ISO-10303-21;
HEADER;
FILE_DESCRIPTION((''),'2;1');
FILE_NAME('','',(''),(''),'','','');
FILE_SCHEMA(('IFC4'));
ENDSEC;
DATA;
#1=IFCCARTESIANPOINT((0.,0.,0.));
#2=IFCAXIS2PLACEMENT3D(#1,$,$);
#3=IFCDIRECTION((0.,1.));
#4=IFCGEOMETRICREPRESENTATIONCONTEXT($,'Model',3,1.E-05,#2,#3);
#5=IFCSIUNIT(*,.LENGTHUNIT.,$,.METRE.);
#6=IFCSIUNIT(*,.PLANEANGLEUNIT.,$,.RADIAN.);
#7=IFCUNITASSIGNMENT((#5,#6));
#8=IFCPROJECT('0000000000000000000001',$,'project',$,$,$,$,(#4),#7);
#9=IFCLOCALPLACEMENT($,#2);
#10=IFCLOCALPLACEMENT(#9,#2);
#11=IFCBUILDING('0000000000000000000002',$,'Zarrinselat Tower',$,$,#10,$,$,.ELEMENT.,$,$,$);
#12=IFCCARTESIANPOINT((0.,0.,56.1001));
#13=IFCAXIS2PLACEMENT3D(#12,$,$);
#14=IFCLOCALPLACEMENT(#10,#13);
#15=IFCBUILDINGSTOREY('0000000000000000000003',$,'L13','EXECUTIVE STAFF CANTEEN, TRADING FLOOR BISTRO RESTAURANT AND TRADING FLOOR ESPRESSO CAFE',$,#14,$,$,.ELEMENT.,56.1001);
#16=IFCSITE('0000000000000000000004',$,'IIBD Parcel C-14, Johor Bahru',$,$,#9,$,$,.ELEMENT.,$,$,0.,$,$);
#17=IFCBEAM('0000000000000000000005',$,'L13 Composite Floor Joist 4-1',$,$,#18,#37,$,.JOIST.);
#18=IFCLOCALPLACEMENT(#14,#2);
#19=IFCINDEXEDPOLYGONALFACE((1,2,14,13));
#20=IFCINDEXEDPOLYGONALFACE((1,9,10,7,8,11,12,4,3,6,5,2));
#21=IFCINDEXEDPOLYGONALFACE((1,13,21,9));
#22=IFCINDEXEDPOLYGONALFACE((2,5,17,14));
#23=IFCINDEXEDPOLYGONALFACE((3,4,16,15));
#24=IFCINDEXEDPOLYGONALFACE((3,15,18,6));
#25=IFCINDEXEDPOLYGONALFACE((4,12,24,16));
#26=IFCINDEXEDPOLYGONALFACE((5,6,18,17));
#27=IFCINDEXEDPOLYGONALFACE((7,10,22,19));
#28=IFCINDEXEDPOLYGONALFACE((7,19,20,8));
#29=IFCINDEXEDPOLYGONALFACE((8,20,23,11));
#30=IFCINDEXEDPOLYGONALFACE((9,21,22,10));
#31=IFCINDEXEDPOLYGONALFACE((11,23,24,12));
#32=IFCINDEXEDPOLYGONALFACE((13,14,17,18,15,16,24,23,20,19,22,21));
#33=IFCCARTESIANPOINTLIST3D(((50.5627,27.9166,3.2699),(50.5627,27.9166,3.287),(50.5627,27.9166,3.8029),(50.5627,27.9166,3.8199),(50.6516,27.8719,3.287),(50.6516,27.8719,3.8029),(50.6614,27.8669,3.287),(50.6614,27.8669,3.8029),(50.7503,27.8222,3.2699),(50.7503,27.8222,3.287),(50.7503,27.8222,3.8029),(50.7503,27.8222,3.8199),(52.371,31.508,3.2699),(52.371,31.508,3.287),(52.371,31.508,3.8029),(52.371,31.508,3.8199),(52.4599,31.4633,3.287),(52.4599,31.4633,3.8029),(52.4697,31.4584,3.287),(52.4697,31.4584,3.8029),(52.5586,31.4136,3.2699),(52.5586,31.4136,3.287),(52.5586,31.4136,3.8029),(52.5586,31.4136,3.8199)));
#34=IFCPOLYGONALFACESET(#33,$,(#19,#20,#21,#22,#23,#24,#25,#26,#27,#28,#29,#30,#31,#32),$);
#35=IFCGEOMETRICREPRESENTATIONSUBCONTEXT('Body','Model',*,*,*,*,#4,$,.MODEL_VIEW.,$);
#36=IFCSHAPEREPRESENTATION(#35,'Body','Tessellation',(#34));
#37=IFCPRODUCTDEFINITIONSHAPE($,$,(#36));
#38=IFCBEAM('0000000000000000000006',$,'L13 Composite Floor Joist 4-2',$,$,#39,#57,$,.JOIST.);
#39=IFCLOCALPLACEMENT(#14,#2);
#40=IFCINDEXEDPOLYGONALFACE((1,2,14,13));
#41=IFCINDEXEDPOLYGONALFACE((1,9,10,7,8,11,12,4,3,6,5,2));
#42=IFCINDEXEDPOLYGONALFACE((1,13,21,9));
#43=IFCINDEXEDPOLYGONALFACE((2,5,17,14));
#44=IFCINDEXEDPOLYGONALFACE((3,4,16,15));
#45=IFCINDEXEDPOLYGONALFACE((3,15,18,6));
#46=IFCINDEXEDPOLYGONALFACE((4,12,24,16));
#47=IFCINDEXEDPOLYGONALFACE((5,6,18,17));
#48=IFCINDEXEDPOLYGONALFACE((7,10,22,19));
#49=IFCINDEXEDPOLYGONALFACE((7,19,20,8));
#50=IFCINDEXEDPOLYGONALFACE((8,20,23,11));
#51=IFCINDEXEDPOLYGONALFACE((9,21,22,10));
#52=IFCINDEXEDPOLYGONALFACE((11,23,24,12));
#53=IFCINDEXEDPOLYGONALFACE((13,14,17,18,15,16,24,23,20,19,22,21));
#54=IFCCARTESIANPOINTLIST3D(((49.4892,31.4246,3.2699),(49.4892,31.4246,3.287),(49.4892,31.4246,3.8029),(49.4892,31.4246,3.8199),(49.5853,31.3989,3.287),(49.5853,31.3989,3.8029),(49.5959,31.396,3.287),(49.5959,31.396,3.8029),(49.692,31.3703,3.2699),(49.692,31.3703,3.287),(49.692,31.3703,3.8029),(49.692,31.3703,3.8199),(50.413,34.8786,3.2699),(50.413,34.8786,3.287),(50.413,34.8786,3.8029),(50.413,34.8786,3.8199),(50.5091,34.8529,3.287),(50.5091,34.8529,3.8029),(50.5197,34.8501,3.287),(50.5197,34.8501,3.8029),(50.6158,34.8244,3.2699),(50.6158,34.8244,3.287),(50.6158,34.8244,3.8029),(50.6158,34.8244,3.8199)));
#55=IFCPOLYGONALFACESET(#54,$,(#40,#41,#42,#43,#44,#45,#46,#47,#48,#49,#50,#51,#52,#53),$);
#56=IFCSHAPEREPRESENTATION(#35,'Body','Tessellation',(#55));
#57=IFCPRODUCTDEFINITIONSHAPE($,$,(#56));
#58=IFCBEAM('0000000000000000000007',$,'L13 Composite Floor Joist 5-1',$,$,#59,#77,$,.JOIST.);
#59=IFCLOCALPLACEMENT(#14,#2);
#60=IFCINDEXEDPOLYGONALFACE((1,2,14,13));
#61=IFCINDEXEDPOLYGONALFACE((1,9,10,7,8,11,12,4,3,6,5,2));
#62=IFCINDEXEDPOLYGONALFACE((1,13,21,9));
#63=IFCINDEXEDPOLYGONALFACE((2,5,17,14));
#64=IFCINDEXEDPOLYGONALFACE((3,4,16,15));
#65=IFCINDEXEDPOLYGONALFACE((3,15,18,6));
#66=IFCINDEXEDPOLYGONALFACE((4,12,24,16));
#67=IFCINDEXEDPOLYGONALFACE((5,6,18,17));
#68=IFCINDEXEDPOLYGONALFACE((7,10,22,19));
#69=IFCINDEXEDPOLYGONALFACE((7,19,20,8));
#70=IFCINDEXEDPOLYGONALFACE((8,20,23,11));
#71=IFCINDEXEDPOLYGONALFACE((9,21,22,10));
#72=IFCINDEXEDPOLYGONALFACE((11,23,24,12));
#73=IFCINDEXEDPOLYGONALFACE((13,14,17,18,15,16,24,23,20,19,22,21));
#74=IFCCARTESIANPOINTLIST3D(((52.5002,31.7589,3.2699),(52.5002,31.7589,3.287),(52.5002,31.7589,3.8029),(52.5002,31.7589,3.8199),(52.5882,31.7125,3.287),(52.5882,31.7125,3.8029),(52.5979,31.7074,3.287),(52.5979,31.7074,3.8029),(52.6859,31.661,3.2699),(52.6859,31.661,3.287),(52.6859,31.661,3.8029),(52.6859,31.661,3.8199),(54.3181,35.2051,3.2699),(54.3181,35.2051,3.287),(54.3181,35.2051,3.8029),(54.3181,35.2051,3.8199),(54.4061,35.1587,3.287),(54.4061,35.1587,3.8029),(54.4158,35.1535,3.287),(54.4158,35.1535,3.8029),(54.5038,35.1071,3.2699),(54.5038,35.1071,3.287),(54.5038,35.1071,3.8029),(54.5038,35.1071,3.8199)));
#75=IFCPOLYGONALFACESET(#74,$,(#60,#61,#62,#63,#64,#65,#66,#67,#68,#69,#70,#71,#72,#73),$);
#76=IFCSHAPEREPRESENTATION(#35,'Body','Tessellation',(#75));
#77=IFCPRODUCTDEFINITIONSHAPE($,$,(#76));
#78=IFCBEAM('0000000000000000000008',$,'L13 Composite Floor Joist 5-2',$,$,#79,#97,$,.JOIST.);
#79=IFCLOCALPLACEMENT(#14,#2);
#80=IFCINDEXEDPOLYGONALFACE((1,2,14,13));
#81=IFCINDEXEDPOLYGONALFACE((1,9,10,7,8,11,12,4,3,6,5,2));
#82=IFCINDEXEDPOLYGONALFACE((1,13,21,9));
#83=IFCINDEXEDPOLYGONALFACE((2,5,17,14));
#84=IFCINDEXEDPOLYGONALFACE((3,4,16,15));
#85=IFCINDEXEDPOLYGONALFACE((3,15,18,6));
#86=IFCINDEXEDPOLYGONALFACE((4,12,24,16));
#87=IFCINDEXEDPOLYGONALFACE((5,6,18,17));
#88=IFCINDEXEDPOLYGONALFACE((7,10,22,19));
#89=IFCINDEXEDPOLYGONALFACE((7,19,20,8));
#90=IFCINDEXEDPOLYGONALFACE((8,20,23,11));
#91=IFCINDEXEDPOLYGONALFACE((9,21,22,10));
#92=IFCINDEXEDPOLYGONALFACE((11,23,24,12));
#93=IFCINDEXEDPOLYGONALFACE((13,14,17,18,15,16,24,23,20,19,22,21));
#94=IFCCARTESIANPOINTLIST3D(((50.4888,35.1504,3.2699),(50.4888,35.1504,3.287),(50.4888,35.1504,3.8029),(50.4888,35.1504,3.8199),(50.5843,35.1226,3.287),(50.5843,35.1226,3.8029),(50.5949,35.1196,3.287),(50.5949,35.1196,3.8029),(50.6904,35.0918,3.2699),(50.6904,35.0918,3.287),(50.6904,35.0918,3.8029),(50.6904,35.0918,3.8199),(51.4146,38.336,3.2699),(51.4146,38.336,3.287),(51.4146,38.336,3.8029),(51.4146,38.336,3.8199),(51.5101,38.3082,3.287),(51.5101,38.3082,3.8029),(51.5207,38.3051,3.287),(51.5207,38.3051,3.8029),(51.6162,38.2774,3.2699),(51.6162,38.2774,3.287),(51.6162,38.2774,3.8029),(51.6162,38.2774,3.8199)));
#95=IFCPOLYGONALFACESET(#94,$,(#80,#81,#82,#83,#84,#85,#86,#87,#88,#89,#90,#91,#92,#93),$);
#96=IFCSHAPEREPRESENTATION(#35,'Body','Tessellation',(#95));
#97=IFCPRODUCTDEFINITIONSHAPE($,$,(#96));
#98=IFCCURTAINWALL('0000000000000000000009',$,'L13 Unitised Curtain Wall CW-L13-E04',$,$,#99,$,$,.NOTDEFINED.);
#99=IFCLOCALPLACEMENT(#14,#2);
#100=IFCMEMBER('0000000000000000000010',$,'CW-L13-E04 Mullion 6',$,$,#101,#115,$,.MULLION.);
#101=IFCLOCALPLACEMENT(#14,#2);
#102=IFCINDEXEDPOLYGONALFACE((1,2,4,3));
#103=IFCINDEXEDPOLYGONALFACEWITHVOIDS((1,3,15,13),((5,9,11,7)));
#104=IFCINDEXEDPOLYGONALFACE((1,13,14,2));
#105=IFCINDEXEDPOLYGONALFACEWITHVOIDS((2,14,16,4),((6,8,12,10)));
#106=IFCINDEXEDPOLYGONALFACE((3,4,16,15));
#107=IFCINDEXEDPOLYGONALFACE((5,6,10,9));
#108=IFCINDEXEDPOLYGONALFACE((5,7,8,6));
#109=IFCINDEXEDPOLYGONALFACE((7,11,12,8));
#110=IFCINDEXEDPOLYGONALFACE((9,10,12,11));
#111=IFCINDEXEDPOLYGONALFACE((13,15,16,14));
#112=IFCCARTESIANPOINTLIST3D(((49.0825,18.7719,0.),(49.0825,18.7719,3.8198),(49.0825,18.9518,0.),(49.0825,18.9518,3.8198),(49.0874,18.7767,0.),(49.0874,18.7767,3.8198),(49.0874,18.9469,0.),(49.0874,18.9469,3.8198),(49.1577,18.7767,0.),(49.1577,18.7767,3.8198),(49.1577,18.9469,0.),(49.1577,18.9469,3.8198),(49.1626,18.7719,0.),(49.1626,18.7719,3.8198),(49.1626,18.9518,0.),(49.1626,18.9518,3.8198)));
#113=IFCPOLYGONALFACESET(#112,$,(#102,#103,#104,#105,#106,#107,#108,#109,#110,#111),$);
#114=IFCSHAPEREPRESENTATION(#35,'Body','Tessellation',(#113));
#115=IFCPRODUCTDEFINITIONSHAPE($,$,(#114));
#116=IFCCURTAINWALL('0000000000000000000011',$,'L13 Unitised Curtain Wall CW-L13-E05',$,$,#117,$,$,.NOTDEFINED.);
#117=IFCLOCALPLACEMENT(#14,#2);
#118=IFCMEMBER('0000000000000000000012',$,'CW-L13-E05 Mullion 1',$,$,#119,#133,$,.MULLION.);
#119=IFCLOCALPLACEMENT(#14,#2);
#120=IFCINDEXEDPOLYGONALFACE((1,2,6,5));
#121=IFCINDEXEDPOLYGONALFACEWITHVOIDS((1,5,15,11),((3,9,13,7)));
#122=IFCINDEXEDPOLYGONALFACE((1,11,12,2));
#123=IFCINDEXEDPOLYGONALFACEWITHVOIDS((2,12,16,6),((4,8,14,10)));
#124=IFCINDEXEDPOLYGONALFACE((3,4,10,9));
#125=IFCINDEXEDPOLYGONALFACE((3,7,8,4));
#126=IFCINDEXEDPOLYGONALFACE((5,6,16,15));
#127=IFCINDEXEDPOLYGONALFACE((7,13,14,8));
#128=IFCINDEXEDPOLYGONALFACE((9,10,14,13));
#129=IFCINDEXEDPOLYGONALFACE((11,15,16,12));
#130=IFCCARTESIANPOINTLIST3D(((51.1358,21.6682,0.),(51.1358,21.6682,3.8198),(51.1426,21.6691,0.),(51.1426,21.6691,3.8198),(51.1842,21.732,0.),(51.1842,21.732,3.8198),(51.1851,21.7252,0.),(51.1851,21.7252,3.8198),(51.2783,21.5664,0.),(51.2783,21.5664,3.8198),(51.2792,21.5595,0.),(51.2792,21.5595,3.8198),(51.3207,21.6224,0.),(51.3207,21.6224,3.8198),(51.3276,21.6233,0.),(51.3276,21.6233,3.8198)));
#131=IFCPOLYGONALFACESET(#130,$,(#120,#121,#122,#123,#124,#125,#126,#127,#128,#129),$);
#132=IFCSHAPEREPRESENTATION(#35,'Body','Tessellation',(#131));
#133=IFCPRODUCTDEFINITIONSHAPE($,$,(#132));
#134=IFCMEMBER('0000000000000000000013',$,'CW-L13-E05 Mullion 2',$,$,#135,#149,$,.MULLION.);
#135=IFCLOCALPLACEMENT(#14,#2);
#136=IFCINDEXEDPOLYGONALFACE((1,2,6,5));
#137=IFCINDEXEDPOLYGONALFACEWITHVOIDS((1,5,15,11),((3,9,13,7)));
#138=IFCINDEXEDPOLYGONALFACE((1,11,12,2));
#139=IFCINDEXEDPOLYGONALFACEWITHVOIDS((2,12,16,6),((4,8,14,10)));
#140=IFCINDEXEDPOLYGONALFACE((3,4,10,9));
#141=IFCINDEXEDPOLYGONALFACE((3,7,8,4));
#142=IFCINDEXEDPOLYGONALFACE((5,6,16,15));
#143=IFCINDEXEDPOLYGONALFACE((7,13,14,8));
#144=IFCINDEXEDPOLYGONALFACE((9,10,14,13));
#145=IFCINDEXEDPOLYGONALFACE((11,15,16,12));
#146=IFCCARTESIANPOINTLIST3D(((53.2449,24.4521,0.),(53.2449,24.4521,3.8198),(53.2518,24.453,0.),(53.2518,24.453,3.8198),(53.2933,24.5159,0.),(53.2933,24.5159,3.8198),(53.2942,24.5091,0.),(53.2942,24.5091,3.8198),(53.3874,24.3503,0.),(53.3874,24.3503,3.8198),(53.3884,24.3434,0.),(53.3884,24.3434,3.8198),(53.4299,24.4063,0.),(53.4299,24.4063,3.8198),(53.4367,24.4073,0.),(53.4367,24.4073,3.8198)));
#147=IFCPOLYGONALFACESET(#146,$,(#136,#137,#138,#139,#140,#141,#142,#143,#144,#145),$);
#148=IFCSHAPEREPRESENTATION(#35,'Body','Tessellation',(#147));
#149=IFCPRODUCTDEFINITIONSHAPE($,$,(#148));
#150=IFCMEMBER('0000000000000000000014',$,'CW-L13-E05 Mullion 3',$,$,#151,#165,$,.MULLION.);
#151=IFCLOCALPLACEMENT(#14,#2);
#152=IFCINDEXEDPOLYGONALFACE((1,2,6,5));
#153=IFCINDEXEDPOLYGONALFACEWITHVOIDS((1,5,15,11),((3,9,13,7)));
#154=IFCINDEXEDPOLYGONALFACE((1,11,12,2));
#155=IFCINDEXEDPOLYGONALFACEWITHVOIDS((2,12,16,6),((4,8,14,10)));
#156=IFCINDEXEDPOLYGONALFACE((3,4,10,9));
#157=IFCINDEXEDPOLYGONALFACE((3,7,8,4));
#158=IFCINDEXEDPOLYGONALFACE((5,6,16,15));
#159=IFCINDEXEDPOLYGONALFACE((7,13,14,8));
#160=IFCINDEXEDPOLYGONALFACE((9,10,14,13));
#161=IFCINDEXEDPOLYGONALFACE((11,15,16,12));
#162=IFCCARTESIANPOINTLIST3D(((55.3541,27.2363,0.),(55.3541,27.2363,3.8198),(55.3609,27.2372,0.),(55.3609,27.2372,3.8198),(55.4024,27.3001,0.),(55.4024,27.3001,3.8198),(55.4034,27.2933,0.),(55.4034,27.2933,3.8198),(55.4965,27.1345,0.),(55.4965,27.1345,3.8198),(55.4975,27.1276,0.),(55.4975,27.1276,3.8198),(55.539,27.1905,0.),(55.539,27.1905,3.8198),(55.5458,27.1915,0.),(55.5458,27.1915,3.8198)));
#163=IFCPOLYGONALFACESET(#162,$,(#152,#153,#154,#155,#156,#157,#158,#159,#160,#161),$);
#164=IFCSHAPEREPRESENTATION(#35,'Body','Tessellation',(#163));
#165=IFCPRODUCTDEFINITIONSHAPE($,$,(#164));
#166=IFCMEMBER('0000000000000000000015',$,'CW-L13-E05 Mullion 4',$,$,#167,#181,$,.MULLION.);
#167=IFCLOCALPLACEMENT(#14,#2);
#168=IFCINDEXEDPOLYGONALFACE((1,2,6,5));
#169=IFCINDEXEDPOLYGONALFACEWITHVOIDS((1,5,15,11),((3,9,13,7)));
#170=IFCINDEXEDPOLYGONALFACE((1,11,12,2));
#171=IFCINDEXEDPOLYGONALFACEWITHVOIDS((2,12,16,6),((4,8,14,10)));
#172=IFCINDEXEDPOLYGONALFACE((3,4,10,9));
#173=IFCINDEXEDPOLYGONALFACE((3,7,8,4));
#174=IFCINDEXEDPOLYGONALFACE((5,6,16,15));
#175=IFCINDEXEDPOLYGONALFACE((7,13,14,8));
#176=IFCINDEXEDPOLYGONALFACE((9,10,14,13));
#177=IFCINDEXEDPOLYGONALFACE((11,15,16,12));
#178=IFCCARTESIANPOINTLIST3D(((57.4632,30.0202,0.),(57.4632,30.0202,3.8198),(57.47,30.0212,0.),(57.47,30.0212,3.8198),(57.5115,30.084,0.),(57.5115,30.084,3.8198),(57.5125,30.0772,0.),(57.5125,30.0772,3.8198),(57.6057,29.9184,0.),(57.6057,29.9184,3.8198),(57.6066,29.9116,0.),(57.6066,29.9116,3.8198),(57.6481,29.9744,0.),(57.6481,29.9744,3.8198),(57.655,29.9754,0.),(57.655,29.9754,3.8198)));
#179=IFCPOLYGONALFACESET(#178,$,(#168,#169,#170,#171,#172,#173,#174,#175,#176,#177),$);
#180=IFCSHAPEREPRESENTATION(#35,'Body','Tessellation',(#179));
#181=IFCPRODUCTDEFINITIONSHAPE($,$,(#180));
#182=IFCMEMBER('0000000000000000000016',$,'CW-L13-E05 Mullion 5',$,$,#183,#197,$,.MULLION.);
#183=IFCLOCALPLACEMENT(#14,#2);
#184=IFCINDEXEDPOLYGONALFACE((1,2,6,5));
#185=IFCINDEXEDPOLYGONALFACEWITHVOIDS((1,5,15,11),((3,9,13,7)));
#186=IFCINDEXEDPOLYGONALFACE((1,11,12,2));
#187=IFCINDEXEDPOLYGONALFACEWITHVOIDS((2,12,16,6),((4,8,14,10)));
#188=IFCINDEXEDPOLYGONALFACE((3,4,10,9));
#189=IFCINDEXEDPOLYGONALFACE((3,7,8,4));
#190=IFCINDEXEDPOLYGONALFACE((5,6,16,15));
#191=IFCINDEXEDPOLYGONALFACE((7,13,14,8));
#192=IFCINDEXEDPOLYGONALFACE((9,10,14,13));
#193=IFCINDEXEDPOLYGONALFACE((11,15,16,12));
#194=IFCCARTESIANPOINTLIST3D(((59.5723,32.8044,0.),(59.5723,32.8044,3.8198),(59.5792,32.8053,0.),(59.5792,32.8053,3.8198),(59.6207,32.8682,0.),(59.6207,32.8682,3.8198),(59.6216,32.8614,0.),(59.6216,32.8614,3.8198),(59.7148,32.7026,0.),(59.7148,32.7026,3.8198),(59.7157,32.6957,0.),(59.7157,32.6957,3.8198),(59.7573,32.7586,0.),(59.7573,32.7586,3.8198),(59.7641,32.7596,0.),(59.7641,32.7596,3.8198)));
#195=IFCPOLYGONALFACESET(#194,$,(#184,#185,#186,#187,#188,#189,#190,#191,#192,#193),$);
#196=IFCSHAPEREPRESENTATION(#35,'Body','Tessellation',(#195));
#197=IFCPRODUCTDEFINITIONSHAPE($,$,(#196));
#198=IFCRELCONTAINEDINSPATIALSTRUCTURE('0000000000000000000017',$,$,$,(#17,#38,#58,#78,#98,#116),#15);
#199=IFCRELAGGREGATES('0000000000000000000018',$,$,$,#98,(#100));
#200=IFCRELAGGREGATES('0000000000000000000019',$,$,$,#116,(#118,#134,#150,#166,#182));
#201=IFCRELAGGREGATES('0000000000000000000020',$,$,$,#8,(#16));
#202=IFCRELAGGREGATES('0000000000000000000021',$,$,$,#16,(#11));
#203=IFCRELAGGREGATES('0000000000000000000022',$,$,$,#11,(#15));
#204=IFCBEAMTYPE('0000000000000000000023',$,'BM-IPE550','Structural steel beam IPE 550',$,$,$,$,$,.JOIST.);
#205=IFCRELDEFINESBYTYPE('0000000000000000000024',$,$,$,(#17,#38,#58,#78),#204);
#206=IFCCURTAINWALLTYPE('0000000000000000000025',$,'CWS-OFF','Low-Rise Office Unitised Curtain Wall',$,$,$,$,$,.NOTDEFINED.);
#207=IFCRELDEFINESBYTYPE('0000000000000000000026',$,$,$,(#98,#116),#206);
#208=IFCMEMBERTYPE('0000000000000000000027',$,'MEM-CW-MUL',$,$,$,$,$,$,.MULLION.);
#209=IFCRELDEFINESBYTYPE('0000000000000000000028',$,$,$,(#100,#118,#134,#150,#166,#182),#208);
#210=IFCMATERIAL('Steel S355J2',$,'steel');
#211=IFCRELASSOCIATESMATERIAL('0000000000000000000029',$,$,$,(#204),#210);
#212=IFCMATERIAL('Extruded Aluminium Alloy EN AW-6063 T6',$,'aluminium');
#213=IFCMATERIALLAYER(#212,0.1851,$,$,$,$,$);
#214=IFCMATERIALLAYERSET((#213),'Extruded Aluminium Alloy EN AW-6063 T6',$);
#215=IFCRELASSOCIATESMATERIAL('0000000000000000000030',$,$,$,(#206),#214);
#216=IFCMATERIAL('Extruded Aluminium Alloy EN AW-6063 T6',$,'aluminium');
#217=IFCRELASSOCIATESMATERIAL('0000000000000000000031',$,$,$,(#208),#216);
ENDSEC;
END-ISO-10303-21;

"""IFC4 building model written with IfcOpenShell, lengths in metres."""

from ifc_helpers import new_model, si_unit, direction, frame, origin, origin_2d, place, context, subcontext, project, spatial, hollow_rectangle, i_section, extrude, material, layer, layer_set, material_profile, profile_set, type_object, element, aggregate, save


model = new_model("IFC4")

# Units and contexts
model_context = context("Model", 3, precision=1e-05, world=origin(), true_north=direction((0.0, 1.0)))
body_context = subcontext(model_context, "Body", "Model", "MODEL_VIEW")
ifc_project = project(units=[si_unit("LENGTHUNIT", "METRE"), si_unit("PLANEANGLEUNIT", "RADIAN")], contexts=[model_context])

# Site, building, storey
site_placement = place(None, origin())
site = spatial("IfcSite", under=ifc_project, at=site_placement, Name="IIBD Parcel C-14, Johor Bahru", CompositionType="ELEMENT", RefElevation=0.0)
building_placement = place(site_placement, origin())
building = spatial("IfcBuilding", under=site, at=building_placement, Name="Zarrinselat Tower", CompositionType="ELEMENT")
storey_placement = place(building_placement, frame((0.0, 0.0, 56.1001)))
storey = spatial("IfcBuildingStorey", under=building, at=storey_placement, Name="L13", Description="EXECUTIVE STAFF CANTEEN, TRADING FLOOR BISTRO RESTAURANT AND TRADING FLOOR ESPRESSO CAFE", CompositionType="ELEMENT", Elevation=56.1001)

# Beams
ifc_material_1 = material(Name="Steel S355J2", Category="steel")
ifc_material_profile_1 = material_profile(ifc_material_1, i_section(OverallWidth=0.21, OverallDepth=0.55, WebThickness=0.011, FlangeThickness=0.0171, at=origin_2d()), Name="IPE 550")
ifc_profile_set_1 = profile_set([ifc_material_profile_1], Name="Steel S355J2")
beam_type_1 = type_object("IfcBeamType", Name="BM-IPE550", Description="Structural steel beam IPE 550", PredefinedType="JOIST", material=ifc_profile_set_1)
beam_1_placement = place(storey_placement, frame((50.6565, 27.8694, 3.5449), z_axis=(0.449713, 0.893173, 0.0), x_axis=(-0.893173, 0.449713, 0.0)))
element("IfcBeam", 1, at=beam_1_placement, inside=storey, type_object=beam_type_1, Name="L13 Composite Floor Joist 4-1", PredefinedType="JOIST", context=body_context, shape_type="SweptSolid", body=[
    extrude(i_section(OverallWidth=0.21, OverallDepth=0.55, WebThickness=0.011, FlangeThickness=0.0171, at=origin_2d()), origin(), (0.0, 0.0, 1.0), 4.021),
])
beam_2_placement = place(storey_placement, frame((49.5906, 31.3975, 3.5449), z_axis=(0.258377, 0.966044, 0.0), x_axis=(-0.966044, 0.258377, 0.0)))
element("IfcBeam", 2, at=beam_2_placement, inside=storey, type_object=beam_type_1, Name="L13 Composite Floor Joist 4-2", PredefinedType="JOIST", context=body_context, shape_type="SweptSolid", body=[
    extrude(i_section(OverallWidth=0.21, OverallDepth=0.55, WebThickness=0.011, FlangeThickness=0.0171, at=origin_2d()), origin(), (0.0, 0.0, 1.0), 3.5754),
])
beam_3_placement = place(storey_placement, frame((52.593, 31.71, 3.5449), z_axis=(0.466583, 0.884477, 0.0), x_axis=(-0.884477, 0.466583, 0.0)))
element("IfcBeam", 3, at=beam_3_placement, inside=storey, type_object=beam_type_1, Name="L13 Composite Floor Joist 5-1", PredefinedType="JOIST", context=body_context, shape_type="SweptSolid", body=[
    extrude(i_section(OverallWidth=0.21, OverallDepth=0.55, WebThickness=0.011, FlangeThickness=0.0171, at=origin_2d()), origin(), (0.0, 0.0, 1.0), 3.8962),
])
beam_4_placement = place(storey_placement, frame((50.5896, 35.1211, 3.5449), z_axis=(0.279073, 0.96027, 0.0), x_axis=(-0.96027, 0.279073, 0.0)))
element("IfcBeam", 4, at=beam_4_placement, inside=storey, type_object=beam_type_1, Name="L13 Composite Floor Joist 5-2", PredefinedType="JOIST", context=body_context, shape_type="SweptSolid", body=[
    extrude(i_section(OverallWidth=0.21, OverallDepth=0.55, WebThickness=0.011, FlangeThickness=0.0171, at=origin_2d()), origin(), (0.0, 0.0, 1.0), 3.3174),
])

# Curtain wall, member
ifc_material_2 = material(Name="Extruded Aluminium Alloy EN AW-6063 T6", Category="aluminium")
ifc_layer_1 = layer(ifc_material_2, 0.1851)
ifc_layer_set_1 = layer_set([ifc_layer_1], Name="Extruded Aluminium Alloy EN AW-6063 T6")
curtain_wall_type = type_object("IfcCurtainWallType", Name="CWS-OFF", Description="Low-Rise Office Unitised Curtain Wall", PredefinedType="NOTDEFINED", material=ifc_layer_set_1)
curtain_wall_1_placement = place(storey_placement, origin())
curtain_wall_1 = element("IfcCurtainWall", 5, at=curtain_wall_1_placement, inside=storey, type_object=curtain_wall_type, Name="L13 Unitised Curtain Wall CW-L13-E04", PredefinedType="NOTDEFINED")
ifc_material_3 = material(Name="Extruded Aluminium Alloy EN AW-6063 T6", Category="aluminium")
ifc_material_profile_2 = material_profile(ifc_material_3, hollow_rectangle(XDim=0.0801, YDim=0.1799, WallThickness=0.0049, at=origin_2d()), Name="RHS 180x80x5")
ifc_profile_set_2 = profile_set([ifc_material_profile_2], Name="Extruded Aluminium Alloy EN AW-6063 T6")
member_type_1 = type_object("IfcMemberType", Name="MEM-CW-MUL", PredefinedType="MULLION", material=ifc_profile_set_2)
member_1_placement = place(storey_placement, frame((49.1226, 18.8618, 0.0), z_axis=(0.0, 0.0, 1.0), x_axis=(1.0, 0.0, 0.0)))
member_1 = element("IfcMember", 6, at=member_1_placement, type_object=member_type_1, Name="CW-L13-E04 Mullion 6", PredefinedType="MULLION", context=body_context, shape_type="SweptSolid", body=[
    extrude(hollow_rectangle(XDim=0.0801, YDim=0.1799, WallThickness=0.0049, at=origin_2d()), origin(), (0.0, 0.0, 1.0), 3.8198),
])
aggregate(curtain_wall_1, [member_1])

# Curtain wall, members
curtain_wall_2_placement = place(storey_placement, origin())
curtain_wall_2 = element("IfcCurtainWall", 7, at=curtain_wall_2_placement, inside=storey, type_object=curtain_wall_type, Name="L13 Unitised Curtain Wall CW-L13-E05", PredefinedType="NOTDEFINED")
member_2_placement = place(storey_placement, frame((51.2317, 21.6458, 0.0), z_axis=(0.0, 0.0, 1.0), x_axis=(0.603861, 0.79709, 0.0)))
member_2 = element("IfcMember", 8, at=member_2_placement, type_object=member_type_1, Name="CW-L13-E05 Mullion 1", PredefinedType="MULLION", context=body_context, shape_type="SweptSolid", body=[
    extrude(hollow_rectangle(XDim=0.0801, YDim=0.1799, WallThickness=0.0049, at=origin_2d()), origin(), (0.0, 0.0, 1.0), 3.8198),
])
member_3_placement = place(storey_placement, frame((53.3408, 24.4297, 0.0), z_axis=(0.0, 0.0, 1.0), x_axis=(0.603861, 0.79709, 0.0)))
member_3 = element("IfcMember", 9, at=member_3_placement, type_object=member_type_1, Name="CW-L13-E05 Mullion 2", PredefinedType="MULLION", context=body_context, shape_type="SweptSolid", body=[
    extrude(hollow_rectangle(XDim=0.0801, YDim=0.1799, WallThickness=0.0049, at=origin_2d()), origin(), (0.0, 0.0, 1.0), 3.8198),
])
member_4_placement = place(storey_placement, frame((55.45, 27.2139, 0.0), z_axis=(0.0, 0.0, 1.0), x_axis=(0.603861, 0.79709, 0.0)))
member_4 = element("IfcMember", 10, at=member_4_placement, type_object=member_type_1, Name="CW-L13-E05 Mullion 3", PredefinedType="MULLION", context=body_context, shape_type="SweptSolid", body=[
    extrude(hollow_rectangle(XDim=0.0801, YDim=0.1799, WallThickness=0.0049, at=origin_2d()), origin(), (0.0, 0.0, 1.0), 3.8198),
])
member_5_placement = place(storey_placement, frame((57.5591, 29.9978, 0.0), z_axis=(0.0, 0.0, 1.0), x_axis=(0.603861, 0.79709, 0.0)))
member_5 = element("IfcMember", 11, at=member_5_placement, type_object=member_type_1, Name="CW-L13-E05 Mullion 4", PredefinedType="MULLION", context=body_context, shape_type="SweptSolid", body=[
    extrude(hollow_rectangle(XDim=0.0801, YDim=0.1799, WallThickness=0.0049, at=origin_2d()), origin(), (0.0, 0.0, 1.0), 3.8198),
])
member_6_placement = place(storey_placement, frame((59.6682, 32.782, 0.0), z_axis=(0.0, 0.0, 1.0), x_axis=(0.603861, 0.79709, 0.0)))
member_6 = element("IfcMember", 12, at=member_6_placement, type_object=member_type_1, Name="CW-L13-E05 Mullion 5", PredefinedType="MULLION", context=body_context, shape_type="SweptSolid", body=[
    extrude(hollow_rectangle(XDim=0.0801, YDim=0.1799, WallThickness=0.0049, at=origin_2d()), origin(), (0.0, 0.0, 1.0), 3.8198),
])

aggregate(curtain_wall_2, [member_2, member_3, member_4, member_5, member_6])

save(model, "model.ifc")
